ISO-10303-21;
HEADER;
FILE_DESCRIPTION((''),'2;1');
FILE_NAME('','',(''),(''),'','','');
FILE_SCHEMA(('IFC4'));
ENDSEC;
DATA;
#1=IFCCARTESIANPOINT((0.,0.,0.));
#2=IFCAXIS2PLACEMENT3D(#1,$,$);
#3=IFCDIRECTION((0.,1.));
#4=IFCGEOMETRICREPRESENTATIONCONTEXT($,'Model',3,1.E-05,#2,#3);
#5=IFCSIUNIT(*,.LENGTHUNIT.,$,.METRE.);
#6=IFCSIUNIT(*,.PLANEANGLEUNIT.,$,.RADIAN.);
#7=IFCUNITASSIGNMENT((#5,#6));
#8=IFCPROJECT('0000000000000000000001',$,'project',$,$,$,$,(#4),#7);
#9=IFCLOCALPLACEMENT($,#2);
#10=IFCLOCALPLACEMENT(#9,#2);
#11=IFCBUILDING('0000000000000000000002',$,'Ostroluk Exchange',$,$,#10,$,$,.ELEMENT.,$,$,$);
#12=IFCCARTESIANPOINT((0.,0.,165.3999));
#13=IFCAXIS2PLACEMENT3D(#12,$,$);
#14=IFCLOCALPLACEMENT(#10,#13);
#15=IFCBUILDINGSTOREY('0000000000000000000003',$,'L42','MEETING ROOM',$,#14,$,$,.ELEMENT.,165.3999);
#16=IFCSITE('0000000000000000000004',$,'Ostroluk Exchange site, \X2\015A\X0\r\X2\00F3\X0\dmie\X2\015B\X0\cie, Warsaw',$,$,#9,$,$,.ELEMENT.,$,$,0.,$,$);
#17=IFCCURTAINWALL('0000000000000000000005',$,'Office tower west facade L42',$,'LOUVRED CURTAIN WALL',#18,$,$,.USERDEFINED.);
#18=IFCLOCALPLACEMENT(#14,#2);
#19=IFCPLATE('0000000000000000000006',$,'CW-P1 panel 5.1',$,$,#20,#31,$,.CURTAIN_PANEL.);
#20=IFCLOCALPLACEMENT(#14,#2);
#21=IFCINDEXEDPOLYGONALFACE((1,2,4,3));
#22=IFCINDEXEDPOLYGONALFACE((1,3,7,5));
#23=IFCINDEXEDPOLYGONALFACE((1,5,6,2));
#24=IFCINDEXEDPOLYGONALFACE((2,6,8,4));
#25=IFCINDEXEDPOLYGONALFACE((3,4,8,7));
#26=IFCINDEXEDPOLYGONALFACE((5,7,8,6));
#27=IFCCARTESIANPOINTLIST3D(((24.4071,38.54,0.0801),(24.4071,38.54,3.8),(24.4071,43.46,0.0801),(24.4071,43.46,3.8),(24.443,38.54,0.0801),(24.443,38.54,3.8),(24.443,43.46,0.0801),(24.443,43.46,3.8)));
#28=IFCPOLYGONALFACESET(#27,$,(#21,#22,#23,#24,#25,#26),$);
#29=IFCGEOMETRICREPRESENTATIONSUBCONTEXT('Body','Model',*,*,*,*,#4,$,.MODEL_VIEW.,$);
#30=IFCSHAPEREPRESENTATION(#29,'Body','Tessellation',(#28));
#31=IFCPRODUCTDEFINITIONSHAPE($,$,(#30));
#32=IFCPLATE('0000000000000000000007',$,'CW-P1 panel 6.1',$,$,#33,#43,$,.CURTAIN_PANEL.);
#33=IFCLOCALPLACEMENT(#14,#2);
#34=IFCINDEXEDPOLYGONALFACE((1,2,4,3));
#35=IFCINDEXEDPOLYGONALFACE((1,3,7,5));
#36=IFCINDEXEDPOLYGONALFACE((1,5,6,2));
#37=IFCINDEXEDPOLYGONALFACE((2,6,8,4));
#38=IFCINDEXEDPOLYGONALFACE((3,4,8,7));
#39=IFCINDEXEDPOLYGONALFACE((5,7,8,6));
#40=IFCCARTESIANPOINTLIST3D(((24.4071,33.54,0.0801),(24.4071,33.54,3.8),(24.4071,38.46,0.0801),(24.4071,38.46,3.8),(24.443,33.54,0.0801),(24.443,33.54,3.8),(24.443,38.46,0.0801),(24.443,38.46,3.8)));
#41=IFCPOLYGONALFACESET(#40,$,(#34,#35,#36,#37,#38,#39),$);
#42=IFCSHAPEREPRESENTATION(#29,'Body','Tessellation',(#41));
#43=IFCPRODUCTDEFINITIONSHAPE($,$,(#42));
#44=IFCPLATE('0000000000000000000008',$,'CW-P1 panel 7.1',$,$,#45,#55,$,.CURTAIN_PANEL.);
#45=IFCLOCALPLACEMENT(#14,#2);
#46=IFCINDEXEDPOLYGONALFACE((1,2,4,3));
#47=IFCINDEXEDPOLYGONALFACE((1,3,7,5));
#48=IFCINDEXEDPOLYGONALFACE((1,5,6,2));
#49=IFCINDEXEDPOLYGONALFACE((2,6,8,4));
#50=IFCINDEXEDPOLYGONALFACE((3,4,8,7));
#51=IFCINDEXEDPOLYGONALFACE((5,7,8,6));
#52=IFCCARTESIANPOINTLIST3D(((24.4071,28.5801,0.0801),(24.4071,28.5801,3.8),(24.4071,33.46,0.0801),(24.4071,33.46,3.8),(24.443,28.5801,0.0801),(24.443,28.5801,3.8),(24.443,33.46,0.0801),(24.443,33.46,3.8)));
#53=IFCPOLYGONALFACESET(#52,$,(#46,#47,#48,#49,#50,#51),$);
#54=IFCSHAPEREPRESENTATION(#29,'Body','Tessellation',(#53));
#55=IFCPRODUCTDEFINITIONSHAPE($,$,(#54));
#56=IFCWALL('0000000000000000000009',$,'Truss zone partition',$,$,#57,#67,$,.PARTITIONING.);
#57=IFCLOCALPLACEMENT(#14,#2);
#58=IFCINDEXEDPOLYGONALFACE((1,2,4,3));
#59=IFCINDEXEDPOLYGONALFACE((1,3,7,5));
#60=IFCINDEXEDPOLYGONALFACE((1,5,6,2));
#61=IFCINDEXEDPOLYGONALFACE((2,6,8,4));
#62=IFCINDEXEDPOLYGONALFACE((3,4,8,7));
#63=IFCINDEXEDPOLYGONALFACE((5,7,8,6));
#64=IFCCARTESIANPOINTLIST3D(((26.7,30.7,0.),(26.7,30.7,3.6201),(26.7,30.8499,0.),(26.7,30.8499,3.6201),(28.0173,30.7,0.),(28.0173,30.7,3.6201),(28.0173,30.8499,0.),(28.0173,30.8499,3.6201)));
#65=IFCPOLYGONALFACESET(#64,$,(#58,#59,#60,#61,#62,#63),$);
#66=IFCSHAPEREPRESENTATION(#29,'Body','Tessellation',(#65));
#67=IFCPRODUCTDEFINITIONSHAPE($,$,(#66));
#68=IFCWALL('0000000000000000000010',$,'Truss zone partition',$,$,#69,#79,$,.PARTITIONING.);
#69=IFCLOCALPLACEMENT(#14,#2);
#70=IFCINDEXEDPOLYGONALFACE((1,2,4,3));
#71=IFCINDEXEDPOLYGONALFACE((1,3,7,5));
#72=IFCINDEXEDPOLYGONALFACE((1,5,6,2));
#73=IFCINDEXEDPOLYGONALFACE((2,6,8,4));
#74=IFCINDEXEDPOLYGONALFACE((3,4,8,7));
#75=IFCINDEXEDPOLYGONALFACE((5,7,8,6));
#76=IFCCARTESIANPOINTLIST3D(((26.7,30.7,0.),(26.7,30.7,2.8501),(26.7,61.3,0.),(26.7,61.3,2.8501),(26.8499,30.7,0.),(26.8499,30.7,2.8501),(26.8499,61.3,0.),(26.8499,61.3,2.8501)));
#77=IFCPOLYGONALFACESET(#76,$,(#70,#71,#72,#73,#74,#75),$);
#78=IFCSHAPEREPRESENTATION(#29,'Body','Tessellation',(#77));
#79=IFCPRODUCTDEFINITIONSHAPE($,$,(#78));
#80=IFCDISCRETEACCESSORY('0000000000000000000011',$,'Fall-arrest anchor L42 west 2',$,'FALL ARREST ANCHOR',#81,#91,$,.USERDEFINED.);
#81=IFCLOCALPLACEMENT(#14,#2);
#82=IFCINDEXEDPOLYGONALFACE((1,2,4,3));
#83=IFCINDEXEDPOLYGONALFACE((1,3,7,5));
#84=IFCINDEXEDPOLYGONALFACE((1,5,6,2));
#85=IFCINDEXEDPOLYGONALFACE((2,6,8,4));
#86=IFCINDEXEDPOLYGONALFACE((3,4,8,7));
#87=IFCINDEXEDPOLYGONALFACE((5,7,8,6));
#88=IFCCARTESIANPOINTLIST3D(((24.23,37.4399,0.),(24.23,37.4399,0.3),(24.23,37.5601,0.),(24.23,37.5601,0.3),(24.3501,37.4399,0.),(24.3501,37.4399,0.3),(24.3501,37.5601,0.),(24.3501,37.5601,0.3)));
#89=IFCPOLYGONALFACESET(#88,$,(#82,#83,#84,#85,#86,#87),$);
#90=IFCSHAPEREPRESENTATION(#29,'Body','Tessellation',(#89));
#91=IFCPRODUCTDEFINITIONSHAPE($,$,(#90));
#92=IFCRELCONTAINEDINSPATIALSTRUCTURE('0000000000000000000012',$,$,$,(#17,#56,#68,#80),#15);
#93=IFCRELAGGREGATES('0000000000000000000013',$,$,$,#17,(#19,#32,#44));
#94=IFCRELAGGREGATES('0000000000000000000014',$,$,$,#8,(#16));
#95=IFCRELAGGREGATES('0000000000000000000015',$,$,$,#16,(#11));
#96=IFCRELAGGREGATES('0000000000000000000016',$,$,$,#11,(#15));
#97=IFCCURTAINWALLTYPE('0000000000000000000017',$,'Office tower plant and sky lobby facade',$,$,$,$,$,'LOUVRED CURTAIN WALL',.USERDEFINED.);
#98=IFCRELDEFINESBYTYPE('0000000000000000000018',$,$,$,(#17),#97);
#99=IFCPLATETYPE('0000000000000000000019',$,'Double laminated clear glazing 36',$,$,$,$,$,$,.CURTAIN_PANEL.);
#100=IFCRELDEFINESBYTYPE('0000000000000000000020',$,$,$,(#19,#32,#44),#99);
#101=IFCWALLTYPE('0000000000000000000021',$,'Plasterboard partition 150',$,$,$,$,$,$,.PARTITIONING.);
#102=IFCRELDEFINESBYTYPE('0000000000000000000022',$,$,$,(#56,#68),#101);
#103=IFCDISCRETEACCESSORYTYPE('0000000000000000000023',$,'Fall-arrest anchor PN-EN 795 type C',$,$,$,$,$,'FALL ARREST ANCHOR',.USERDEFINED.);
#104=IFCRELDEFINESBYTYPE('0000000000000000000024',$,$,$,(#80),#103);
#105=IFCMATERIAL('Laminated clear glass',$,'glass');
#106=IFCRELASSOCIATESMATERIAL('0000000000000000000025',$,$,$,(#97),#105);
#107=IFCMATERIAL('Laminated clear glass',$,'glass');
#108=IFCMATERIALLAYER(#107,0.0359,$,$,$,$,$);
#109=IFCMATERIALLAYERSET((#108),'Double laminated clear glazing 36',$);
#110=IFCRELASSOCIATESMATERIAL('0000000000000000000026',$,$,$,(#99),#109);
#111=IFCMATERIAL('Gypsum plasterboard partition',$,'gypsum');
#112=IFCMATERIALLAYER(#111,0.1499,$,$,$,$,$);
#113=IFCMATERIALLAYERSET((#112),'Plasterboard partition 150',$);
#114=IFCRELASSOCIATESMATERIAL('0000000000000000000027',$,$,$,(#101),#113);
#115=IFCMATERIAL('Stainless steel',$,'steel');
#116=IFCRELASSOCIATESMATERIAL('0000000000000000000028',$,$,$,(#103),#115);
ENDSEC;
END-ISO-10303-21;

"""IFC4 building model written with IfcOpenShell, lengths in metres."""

from ifc_helpers import new_model, si_unit, direction, frame, frame_2d, origin, origin_2d, place, context, subcontext, project, spatial, rectangle, extrude, material, layer, layer_set, type_object, element, aggregate, save


model = new_model("IFC4")

# Units and contexts
model_context = context("Model", 3, precision=1e-05, world=origin(), true_north=direction((0.0, 1.0)))
body_context = subcontext(model_context, "Body", "Model", "MODEL_VIEW")
ifc_project = project(units=[si_unit("LENGTHUNIT", "METRE"), si_unit("PLANEANGLEUNIT", "RADIAN")], contexts=[model_context])

# Site, building, storey
site_placement = place(None, origin())
site = spatial("IfcSite", under=ifc_project, at=site_placement, Name="Ostroluk Exchange site, Śródmieście, Warsaw", CompositionType="ELEMENT", RefElevation=0.0)
building_placement = place(site_placement, origin())
building = spatial("IfcBuilding", under=site, at=building_placement, Name="Ostroluk Exchange", CompositionType="ELEMENT")
storey_placement = place(building_placement, frame((0.0, 0.0, 165.3999)))
storey = spatial("IfcBuildingStorey", under=building, at=storey_placement, Name="L42", Description="MEETING ROOM", CompositionType="ELEMENT", Elevation=165.3999)

# Curtain wall, plates
ifc_material_1 = material(Name="Laminated clear glass", Category="glass")
curtain_wall_type = type_object("IfcCurtainWallType", Name="Office tower plant and sky lobby facade", ElementType="LOUVRED CURTAIN WALL", PredefinedType="USERDEFINED", material=ifc_material_1)
curtain_wall_placement = place(storey_placement, origin())
curtain_wall = element("IfcCurtainWall", 1, at=curtain_wall_placement, inside=storey, type_object=curtain_wall_type, Name="Office tower west facade L42", ObjectType="LOUVRED CURTAIN WALL", PredefinedType="USERDEFINED")
ifc_material_2 = material(Name="Laminated clear glass", Category="glass")
ifc_layer_1 = layer(ifc_material_2, 0.0359)
ifc_layer_set_1 = layer_set([ifc_layer_1], Name="Double laminated clear glazing 36")
plate_type = type_object("IfcPlateType", Name="Double laminated clear glazing 36", PredefinedType="CURTAIN_PANEL", material=ifc_layer_set_1)
plate_1_placement = place(storey_placement, frame((24.425, 41.0, 0.0801), z_axis=(0.0, 0.0, 1.0), x_axis=(0.0, -1.0, 0.0)))
plate_1 = element("IfcPlate", 2, at=plate_1_placement, type_object=plate_type, Name="CW-P1 panel 5.1", PredefinedType="CURTAIN_PANEL", context=body_context, shape_type="SweptSolid", body=[
    extrude(rectangle(XDim=4.9199, YDim=0.0359, at=origin_2d()), origin(), (0.0, 0.0, 1.0), 3.72),
])
plate_2_placement = place(storey_placement, frame((24.425, 36.0, 0.0801), z_axis=(0.0, 0.0, 1.0), x_axis=(0.0, -1.0, 0.0)))
plate_2 = element("IfcPlate", 3, at=plate_2_placement, type_object=plate_type, Name="CW-P1 panel 6.1", PredefinedType="CURTAIN_PANEL", context=body_context, shape_type="SweptSolid", body=[
    extrude(rectangle(XDim=4.9199, YDim=0.0359, at=origin_2d()), origin(), (0.0, 0.0, 1.0), 3.72),
])
plate_3_placement = place(storey_placement, frame((24.425, 31.02, 0.0801), z_axis=(0.0, 0.0, 1.0), x_axis=(0.0, -1.0, 0.0)))
plate_3 = element("IfcPlate", 4, at=plate_3_placement, type_object=plate_type, Name="CW-P1 panel 7.1", PredefinedType="CURTAIN_PANEL", context=body_context, shape_type="SweptSolid", body=[
    extrude(rectangle(XDim=4.8799, YDim=0.0359, at=origin_2d()), origin(), (0.0, 0.0, 1.0), 3.72),
])
aggregate(curtain_wall, [plate_1, plate_2, plate_3])

# Walls
ifc_material_3 = material(Name="Gypsum plasterboard partition", Category="gypsum")
ifc_layer_2 = layer(ifc_material_3, 0.1499)
ifc_layer_set_2 = layer_set([ifc_layer_2], Name="Plasterboard partition 150")
wall_type = type_object("IfcWallType", Name="Plasterboard partition 150", PredefinedType="PARTITIONING", material=ifc_layer_set_2)
wall_1_placement = place(storey_placement, frame((28.0173, 30.7749, 0.0), z_axis=(0.0, 0.0, 1.0), x_axis=(-1.0, 0.0, 0.0)))
element("IfcWall", 5, at=wall_1_placement, inside=storey, type_object=wall_type, Name="Truss zone partition", PredefinedType="PARTITIONING", context=body_context, shape_type="SweptSolid", body=[
    extrude(rectangle(XDim=1.3174, YDim=0.1499, at=frame_2d((0.6587, 0.0))), origin(), (0.0, 0.0, 1.0), 3.6201),
])
wall_2_placement = place(storey_placement, frame((26.7749, 30.7, 0.0), z_axis=(0.0, 0.0, 1.0), x_axis=(0.0, 1.0, 0.0)))
element("IfcWall", 6, at=wall_2_placement, inside=storey, type_object=wall_type, Name="Truss zone partition", PredefinedType="PARTITIONING", context=body_context, shape_type="SweptSolid", body=[
    extrude(rectangle(XDim=30.6001, YDim=0.1499, at=frame_2d((15.3, 0.0))), origin(), (0.0, 0.0, 1.0), 2.8501),
])

# Discrete accessory
ifc_material_4 = material(Name="Stainless steel", Category="steel")
discrete_accessory_type = type_object("IfcDiscreteAccessoryType", Name="Fall-arrest anchor PN-EN 795 type C", ElementType="FALL ARREST ANCHOR", PredefinedType="USERDEFINED", material=ifc_material_4)
discrete_accessory_placement = place(storey_placement, frame((24.29, 37.5, 0.0), z_axis=(0.0, 0.0, 1.0), x_axis=(1.0, 0.0, 0.0)))
element("IfcDiscreteAccessory", 7, at=discrete_accessory_placement, inside=storey, type_object=discrete_accessory_type, Name="Fall-arrest anchor L42 west 2", ObjectType="FALL ARREST ANCHOR", PredefinedType="USERDEFINED", context=body_context, shape_type="SweptSolid", body=[
    extrude(rectangle(XDim=0.1201, YDim=0.1201, at=origin_2d()), origin(), (0.0, 0.0, 1.0), 0.3),
])

save(model, "model.ifc")
